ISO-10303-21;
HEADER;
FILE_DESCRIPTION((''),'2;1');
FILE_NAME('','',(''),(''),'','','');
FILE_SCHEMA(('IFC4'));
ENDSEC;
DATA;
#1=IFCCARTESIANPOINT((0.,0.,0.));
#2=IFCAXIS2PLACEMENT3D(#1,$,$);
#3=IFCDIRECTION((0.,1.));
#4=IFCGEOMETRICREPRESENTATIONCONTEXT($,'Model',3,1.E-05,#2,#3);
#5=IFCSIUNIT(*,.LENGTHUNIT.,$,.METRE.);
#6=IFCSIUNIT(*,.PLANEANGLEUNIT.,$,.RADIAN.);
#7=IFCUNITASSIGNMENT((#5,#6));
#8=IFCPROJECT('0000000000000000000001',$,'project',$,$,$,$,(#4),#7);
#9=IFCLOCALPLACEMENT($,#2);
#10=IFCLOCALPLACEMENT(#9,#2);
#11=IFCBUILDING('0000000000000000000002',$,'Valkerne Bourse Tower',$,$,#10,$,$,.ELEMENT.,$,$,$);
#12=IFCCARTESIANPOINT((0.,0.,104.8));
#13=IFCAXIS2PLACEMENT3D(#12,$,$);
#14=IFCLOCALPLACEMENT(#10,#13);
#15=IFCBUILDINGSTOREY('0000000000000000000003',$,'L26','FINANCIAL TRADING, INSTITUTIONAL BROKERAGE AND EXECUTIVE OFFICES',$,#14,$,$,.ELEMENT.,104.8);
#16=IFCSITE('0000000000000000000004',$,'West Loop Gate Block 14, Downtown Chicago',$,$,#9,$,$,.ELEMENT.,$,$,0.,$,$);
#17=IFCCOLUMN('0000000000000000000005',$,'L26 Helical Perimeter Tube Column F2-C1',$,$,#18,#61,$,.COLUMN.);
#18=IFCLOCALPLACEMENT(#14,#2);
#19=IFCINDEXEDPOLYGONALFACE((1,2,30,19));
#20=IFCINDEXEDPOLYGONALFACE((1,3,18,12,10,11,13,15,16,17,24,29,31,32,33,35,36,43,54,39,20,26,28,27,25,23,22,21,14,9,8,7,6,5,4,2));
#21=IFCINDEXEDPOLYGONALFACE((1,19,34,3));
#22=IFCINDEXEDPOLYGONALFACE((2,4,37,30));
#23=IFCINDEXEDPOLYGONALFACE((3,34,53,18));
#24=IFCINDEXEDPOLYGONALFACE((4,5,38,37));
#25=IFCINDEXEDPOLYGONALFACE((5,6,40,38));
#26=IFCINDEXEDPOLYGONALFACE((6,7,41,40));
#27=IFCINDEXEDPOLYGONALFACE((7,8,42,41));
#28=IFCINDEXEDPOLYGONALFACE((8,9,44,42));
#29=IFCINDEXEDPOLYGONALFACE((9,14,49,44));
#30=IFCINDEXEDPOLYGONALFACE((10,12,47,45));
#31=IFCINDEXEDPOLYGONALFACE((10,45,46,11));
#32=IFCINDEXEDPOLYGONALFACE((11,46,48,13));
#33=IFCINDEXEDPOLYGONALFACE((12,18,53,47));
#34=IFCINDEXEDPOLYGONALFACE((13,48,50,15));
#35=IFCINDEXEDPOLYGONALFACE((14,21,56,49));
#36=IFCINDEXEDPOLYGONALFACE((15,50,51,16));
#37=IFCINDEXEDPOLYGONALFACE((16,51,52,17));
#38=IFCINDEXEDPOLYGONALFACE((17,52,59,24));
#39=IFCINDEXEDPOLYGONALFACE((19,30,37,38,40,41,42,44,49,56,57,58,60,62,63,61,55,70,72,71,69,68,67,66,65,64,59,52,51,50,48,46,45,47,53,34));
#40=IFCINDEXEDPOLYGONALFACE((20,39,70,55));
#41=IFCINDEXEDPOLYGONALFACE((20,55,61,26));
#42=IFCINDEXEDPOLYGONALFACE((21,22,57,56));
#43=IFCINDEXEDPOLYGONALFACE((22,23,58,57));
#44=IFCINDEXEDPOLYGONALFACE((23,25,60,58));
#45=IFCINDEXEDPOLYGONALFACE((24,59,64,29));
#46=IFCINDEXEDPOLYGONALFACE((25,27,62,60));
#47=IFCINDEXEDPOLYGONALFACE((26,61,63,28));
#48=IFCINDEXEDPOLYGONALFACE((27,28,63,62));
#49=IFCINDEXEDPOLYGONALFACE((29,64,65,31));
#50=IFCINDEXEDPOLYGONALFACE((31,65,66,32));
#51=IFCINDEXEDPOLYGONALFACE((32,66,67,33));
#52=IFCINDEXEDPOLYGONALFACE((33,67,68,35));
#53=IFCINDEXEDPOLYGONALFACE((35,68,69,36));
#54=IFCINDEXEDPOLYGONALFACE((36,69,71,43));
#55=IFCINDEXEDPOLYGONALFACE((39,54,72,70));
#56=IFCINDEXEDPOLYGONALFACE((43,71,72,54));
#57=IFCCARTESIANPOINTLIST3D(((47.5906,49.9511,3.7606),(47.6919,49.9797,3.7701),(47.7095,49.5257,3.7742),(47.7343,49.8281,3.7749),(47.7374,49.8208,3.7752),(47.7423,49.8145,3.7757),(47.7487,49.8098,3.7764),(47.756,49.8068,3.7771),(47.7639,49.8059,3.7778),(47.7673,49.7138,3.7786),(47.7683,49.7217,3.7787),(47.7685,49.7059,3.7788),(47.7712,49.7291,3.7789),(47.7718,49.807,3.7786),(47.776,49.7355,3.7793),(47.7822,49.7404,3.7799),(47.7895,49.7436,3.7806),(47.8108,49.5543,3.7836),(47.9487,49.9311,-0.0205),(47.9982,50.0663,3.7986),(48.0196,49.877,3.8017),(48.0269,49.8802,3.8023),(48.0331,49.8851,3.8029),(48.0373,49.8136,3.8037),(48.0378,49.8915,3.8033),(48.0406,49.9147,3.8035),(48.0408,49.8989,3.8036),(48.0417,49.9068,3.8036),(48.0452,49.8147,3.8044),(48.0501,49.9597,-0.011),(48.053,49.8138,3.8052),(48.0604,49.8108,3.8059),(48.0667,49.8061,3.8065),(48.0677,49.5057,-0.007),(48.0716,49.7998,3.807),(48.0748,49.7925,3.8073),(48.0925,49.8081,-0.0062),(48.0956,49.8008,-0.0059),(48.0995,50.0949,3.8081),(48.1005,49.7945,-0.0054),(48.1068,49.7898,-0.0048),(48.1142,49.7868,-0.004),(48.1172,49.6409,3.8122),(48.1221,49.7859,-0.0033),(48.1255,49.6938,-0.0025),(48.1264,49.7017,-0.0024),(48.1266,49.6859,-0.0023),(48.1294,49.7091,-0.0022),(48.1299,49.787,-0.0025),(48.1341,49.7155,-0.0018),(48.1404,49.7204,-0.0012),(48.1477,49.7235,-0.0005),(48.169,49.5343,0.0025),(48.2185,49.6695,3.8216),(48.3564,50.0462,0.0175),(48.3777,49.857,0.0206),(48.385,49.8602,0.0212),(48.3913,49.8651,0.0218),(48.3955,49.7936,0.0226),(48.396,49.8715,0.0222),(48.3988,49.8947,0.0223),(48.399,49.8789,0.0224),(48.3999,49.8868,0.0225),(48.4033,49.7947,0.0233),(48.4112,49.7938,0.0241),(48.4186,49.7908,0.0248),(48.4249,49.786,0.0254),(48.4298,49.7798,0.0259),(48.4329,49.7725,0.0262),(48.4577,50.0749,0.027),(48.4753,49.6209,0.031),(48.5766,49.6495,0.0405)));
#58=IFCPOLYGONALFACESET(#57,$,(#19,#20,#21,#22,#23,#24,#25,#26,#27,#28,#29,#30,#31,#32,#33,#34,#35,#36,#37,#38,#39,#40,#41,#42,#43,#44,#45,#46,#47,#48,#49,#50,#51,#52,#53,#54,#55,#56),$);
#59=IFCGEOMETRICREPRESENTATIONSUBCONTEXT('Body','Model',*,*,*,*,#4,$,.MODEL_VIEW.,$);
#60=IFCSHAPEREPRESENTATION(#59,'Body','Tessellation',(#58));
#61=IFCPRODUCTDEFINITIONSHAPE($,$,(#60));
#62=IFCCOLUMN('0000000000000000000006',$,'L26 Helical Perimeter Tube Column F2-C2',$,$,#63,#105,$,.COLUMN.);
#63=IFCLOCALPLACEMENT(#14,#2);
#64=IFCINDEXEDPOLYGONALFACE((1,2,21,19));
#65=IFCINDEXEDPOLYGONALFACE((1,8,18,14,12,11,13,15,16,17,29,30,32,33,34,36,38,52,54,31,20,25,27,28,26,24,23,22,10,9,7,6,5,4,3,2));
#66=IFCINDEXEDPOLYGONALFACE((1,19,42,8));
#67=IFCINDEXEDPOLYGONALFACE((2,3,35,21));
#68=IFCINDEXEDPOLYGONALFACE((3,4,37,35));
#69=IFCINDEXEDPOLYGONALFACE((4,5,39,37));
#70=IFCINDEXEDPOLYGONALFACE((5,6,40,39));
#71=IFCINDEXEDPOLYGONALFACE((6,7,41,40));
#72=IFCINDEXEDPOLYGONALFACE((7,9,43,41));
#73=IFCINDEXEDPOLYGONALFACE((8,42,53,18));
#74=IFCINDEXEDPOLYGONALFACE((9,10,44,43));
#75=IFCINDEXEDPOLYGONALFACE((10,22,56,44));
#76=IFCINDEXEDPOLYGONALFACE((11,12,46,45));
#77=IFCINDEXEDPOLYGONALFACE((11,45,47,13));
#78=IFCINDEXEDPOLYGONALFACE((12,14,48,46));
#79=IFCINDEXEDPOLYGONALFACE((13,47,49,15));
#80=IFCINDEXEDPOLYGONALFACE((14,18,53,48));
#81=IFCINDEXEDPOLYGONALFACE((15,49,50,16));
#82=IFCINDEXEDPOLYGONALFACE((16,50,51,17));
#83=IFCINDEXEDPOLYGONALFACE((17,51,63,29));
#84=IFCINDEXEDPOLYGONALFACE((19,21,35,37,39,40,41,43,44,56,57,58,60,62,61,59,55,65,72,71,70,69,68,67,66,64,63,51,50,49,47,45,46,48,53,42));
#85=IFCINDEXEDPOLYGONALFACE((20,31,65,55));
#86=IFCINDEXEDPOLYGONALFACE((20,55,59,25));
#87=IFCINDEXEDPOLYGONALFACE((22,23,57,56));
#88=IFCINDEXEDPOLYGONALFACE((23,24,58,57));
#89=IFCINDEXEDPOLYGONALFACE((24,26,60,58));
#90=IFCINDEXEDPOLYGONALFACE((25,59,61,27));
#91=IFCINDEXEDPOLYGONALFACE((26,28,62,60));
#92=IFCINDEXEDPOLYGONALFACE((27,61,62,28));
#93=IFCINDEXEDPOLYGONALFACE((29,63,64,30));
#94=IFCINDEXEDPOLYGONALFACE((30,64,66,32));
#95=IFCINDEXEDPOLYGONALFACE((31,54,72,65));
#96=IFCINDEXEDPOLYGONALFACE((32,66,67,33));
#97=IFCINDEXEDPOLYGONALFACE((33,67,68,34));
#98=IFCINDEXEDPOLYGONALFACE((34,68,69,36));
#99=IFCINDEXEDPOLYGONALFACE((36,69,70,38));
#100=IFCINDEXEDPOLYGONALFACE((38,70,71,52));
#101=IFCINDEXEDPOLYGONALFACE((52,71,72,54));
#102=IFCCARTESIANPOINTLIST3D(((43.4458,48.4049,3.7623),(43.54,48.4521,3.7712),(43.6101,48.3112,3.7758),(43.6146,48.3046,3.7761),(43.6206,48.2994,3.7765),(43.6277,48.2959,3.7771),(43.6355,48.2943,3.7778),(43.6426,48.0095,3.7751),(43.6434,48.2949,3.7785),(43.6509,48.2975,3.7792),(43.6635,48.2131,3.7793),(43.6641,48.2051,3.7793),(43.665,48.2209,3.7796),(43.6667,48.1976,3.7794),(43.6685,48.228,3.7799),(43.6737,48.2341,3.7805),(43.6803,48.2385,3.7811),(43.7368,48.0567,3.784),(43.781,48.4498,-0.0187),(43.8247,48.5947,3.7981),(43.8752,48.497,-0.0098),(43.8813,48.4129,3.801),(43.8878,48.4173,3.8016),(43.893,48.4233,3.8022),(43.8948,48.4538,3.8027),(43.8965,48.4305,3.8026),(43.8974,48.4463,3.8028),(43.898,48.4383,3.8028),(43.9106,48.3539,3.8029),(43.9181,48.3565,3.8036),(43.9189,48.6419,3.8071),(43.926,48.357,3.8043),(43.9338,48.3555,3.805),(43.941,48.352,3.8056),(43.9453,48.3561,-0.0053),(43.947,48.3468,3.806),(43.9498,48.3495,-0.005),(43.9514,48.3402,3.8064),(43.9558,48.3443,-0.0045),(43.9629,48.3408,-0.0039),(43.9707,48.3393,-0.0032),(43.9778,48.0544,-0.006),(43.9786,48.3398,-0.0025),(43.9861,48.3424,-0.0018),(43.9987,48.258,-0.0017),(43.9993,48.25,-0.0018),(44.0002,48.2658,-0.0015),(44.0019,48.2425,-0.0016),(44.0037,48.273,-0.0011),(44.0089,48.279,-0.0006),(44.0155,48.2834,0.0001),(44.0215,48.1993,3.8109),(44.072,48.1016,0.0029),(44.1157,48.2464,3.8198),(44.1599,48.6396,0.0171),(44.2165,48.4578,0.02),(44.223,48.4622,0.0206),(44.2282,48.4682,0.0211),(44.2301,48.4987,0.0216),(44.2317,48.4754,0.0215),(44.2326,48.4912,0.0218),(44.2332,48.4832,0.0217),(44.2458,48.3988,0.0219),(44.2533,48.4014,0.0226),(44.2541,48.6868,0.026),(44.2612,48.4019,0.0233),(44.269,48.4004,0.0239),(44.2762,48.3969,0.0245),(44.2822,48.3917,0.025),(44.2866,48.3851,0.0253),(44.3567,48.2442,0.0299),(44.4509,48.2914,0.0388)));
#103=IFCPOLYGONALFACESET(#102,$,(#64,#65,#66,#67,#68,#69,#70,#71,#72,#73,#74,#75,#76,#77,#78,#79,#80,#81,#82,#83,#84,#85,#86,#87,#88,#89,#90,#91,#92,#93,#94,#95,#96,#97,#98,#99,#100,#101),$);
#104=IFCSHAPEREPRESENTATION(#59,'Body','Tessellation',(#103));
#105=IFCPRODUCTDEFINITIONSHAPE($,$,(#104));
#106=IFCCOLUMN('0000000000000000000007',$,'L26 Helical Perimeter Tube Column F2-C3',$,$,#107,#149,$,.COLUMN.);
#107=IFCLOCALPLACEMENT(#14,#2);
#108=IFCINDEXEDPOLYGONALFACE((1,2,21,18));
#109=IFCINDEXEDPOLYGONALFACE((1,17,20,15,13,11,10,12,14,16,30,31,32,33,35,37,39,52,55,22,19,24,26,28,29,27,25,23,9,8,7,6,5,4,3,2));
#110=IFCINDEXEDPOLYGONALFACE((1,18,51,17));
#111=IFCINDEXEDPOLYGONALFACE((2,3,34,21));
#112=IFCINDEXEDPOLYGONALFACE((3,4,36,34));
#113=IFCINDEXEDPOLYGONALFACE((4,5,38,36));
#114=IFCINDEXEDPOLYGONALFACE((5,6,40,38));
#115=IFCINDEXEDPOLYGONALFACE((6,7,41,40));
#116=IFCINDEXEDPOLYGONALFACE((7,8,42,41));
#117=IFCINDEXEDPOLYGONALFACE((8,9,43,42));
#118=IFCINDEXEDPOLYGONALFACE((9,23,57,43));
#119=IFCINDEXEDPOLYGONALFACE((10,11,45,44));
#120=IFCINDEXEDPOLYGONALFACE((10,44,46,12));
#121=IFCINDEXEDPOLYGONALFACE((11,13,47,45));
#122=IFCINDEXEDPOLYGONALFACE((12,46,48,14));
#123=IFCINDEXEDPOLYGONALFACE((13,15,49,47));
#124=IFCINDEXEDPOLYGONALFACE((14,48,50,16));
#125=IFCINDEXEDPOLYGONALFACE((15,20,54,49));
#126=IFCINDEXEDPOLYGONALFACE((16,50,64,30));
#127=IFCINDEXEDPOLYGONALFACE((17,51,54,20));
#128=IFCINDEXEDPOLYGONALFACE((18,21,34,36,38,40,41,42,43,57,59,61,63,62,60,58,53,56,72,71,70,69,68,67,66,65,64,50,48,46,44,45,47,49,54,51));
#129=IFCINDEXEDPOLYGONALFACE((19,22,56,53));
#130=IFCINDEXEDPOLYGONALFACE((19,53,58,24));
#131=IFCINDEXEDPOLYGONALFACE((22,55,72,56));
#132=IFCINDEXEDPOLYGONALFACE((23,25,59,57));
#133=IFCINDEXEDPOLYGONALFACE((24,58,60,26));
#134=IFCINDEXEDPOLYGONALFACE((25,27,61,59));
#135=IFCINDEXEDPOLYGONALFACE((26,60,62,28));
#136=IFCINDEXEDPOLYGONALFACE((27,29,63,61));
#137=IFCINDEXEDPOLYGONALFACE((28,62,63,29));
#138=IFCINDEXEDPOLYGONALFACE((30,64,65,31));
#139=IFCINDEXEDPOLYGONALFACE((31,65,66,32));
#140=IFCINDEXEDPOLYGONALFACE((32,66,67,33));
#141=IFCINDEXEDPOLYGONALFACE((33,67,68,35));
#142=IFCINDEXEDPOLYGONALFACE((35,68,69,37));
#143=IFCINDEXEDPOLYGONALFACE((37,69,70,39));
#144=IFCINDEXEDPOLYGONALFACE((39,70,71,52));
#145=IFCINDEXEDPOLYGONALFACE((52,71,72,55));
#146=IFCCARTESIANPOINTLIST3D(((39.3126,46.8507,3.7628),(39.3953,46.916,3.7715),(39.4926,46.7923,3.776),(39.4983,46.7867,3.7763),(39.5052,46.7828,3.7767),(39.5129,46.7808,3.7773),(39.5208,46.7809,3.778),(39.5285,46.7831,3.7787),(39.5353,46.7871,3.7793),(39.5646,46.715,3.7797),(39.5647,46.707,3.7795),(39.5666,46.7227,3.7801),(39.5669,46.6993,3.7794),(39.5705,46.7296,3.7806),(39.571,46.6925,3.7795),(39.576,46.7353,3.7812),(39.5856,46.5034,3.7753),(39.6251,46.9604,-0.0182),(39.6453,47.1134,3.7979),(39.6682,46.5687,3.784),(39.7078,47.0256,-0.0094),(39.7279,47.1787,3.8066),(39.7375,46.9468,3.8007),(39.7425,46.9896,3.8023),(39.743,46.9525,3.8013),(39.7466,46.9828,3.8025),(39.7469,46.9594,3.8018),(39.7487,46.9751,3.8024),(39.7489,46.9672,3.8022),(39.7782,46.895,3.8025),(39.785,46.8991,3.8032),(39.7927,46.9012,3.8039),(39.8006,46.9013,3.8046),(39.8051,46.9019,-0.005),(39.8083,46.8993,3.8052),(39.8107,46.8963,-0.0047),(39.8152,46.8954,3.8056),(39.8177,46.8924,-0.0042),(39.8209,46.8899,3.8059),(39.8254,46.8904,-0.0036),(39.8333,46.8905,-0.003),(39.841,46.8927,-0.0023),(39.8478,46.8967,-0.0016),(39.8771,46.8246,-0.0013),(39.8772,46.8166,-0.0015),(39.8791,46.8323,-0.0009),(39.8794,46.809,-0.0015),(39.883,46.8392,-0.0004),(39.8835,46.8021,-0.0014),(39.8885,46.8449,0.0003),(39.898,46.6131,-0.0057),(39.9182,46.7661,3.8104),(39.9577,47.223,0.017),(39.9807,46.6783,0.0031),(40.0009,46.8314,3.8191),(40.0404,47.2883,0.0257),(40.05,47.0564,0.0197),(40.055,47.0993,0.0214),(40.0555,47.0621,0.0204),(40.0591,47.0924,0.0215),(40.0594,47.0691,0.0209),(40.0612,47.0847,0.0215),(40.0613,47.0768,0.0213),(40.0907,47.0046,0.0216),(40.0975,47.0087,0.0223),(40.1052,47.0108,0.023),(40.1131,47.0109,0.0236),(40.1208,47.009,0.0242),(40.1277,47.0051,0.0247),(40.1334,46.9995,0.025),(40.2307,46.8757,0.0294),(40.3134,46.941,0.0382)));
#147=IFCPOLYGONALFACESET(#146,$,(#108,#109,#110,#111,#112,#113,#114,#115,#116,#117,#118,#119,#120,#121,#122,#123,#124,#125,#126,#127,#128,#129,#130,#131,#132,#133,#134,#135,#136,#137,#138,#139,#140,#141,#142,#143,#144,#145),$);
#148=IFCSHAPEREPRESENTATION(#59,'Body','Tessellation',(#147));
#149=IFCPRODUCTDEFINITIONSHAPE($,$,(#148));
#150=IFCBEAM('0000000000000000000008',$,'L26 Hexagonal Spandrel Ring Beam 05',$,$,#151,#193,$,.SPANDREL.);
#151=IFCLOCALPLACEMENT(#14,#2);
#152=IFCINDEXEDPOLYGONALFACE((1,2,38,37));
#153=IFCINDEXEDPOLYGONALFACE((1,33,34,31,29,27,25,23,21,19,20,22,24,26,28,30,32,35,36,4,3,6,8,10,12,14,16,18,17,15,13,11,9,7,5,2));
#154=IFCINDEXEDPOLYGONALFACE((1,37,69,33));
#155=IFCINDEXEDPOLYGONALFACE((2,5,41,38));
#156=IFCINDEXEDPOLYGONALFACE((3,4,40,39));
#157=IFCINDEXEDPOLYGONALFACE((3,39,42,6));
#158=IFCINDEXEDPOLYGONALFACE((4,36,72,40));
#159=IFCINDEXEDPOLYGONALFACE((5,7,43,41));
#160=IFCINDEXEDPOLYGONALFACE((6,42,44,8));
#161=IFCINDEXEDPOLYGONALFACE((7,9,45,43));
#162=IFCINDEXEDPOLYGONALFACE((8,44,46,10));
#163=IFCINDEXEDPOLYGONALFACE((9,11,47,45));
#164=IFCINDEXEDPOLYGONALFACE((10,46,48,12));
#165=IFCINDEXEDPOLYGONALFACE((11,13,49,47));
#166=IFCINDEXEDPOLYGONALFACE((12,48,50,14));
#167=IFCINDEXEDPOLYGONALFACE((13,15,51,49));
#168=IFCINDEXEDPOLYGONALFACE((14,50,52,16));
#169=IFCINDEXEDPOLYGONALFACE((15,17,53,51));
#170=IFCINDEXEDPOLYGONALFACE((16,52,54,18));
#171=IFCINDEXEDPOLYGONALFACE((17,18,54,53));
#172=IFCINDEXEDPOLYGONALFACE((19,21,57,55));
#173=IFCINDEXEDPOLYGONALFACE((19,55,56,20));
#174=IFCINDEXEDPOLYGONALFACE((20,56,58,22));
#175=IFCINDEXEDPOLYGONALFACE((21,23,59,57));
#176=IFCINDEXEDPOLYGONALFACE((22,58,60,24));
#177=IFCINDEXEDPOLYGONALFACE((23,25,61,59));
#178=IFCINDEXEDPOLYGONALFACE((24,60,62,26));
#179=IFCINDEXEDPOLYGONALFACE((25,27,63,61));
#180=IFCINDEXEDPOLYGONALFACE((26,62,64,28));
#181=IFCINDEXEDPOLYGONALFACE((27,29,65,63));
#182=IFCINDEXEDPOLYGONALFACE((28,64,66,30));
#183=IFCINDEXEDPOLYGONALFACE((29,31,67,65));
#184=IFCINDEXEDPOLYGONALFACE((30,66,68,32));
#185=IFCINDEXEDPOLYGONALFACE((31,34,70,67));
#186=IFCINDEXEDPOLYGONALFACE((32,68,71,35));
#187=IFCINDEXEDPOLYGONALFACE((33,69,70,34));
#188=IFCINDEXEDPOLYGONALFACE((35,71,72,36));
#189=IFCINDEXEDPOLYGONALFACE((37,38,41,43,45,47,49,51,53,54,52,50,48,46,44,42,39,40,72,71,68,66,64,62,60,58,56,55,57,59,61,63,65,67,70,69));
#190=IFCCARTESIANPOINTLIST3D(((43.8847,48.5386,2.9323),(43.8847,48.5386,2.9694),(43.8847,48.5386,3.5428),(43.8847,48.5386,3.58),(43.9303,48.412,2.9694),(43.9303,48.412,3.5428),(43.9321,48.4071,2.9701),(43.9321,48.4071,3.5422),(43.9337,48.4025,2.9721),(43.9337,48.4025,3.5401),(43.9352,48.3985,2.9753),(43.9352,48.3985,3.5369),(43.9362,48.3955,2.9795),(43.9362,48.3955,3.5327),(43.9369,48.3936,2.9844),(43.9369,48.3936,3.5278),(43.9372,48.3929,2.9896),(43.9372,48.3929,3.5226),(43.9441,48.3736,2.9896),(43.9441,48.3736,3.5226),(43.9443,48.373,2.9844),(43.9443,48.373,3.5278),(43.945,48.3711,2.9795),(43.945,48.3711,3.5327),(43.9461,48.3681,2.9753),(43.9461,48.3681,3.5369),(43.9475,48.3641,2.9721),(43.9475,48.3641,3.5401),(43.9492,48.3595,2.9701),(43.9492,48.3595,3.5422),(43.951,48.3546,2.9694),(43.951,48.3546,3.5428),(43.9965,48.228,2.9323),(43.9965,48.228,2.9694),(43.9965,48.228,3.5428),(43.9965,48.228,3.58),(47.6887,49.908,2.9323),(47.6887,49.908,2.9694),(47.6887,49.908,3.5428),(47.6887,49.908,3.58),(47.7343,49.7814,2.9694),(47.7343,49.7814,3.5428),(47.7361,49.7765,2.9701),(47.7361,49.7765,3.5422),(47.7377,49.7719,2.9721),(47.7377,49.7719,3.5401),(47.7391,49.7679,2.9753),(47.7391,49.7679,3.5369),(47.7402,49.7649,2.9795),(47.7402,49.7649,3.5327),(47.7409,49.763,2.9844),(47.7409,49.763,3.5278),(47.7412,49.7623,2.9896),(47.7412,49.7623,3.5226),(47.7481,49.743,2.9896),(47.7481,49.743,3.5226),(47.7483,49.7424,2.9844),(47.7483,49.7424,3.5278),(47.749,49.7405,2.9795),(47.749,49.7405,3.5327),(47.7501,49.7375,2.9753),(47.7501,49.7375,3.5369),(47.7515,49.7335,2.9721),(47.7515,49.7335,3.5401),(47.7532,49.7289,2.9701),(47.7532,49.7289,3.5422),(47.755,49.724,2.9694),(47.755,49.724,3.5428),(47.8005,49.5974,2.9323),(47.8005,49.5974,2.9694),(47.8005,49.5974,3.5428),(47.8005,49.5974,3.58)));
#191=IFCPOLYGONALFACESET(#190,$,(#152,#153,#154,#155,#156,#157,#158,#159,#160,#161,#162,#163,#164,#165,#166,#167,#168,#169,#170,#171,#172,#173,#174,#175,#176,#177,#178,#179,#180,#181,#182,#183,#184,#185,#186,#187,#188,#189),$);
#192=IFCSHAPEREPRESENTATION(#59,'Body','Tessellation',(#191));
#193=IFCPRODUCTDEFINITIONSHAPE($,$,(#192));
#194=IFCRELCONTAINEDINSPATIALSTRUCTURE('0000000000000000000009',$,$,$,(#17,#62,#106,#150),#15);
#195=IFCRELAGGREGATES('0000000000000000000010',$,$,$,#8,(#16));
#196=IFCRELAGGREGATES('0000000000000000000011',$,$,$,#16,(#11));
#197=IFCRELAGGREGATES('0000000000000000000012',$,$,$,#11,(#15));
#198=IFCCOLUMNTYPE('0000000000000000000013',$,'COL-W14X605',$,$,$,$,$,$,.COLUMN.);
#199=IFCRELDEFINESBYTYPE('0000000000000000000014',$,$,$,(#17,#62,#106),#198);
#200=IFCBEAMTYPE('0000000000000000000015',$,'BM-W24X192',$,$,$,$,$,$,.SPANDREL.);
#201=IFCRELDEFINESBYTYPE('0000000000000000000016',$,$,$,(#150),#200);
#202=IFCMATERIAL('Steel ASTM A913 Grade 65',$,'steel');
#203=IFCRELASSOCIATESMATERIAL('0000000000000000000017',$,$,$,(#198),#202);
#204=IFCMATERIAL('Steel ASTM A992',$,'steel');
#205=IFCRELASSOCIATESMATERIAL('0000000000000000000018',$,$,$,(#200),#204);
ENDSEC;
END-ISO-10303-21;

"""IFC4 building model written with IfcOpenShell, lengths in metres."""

from ifc_helpers import new_model, si_unit, direction, frame, origin, origin_2d, place, context, subcontext, project, spatial, i_section, extrude, material, material_profile, profile_set, type_object, element, save


model = new_model("IFC4")

# Units and contexts
model_context = context("Model", 3, precision=1e-05, world=origin(), true_north=direction((0.0, 1.0)))
body_context = subcontext(model_context, "Body", "Model", "MODEL_VIEW")
ifc_project = project(units=[si_unit("LENGTHUNIT", "METRE"), si_unit("PLANEANGLEUNIT", "RADIAN")], contexts=[model_context])

# Site, building, storey
site_placement = place(None, origin())
site = spatial("IfcSite", under=ifc_project, at=site_placement, Name="West Loop Gate Block 14, Downtown Chicago", CompositionType="ELEMENT", RefElevation=0.0)
building_placement = place(site_placement, origin())
building = spatial("IfcBuilding", under=site, at=building_placement, Name="Valkerne Bourse Tower", CompositionType="ELEMENT")
storey_placement = place(building_placement, frame((0.0, 0.0, 104.8)))
storey = spatial("IfcBuildingStorey", under=building, at=storey_placement, Name="L26", Description="FINANCIAL TRADING, INSTITUTIONAL BROKERAGE AND EXECUTIVE OFFICES", CompositionType="ELEMENT", Elevation=104.8)

# Columns
ifc_material_1 = material(Name="Steel ASTM A913 Grade 65", Category="steel")
ifc_material_profile_1 = material_profile(ifc_material_1, i_section(OverallWidth=0.4419, OverallDepth=0.531, WebThickness=0.0659, FlangeThickness=0.1057, FilletRadius=0.0305, at=origin_2d()), Name="W14X605")
ifc_profile_set_1 = profile_set([ifc_material_profile_1], Name="Steel ASTM A913 Grade 65")
column_type = type_object("IfcColumnType", Name="COL-W14X605", PredefinedType="COLUMN", material=ifc_profile_set_1)
column_1_placement = place(storey_placement, frame((48.2627, 49.7903, 0.01), z_axis=(-0.094301, 0.005271, 0.99553), x_axis=(-0.269167, 0.962608, -0.030593)))
element("IfcColumn", 1, at=column_1_placement, inside=storey, type_object=column_type, Name="L26 Helical Perimeter Tube Column F2-C1", PredefinedType="COLUMN", context=body_context, shape_type="SweptSolid", body=[
    extrude(i_section(OverallWidth=0.4419, OverallDepth=0.531, WebThickness=0.0659, FlangeThickness=0.1057, FilletRadius=0.0305, at=origin_2d()), origin(), (0.0, 0.0, 1.0), 3.7981),
])
column_2_placement = place(storey_placement, frame((44.116, 48.3706, 0.01), z_axis=(-0.088302, -0.011834, 0.996023), x_axis=(-0.445435, 0.894849, -0.028858)))
element("IfcColumn", 2, at=column_2_placement, inside=storey, type_object=column_type, Name="L26 Helical Perimeter Tube Column F2-C2", PredefinedType="COLUMN", context=body_context, shape_type="SweptSolid", body=[
    extrude(i_section(OverallWidth=0.4419, OverallDepth=0.531, WebThickness=0.0659, FlangeThickness=0.1057, FilletRadius=0.0305, at=origin_2d()), origin(), (0.0, 0.0, 1.0), 3.7961),
])
column_3_placement = place(storey_placement, frame((39.9692, 46.9507, 0.01), z_axis=(-0.082335, -0.028881, 0.996186), x_axis=(-0.617653, 0.785943, -0.028263)))
element("IfcColumn", 3, at=column_3_placement, inside=storey, type_object=column_type, Name="L26 Helical Perimeter Tube Column F2-C3", PredefinedType="COLUMN", context=body_context, shape_type="SweptSolid", body=[
    extrude(i_section(OverallWidth=0.4419, OverallDepth=0.531, WebThickness=0.0659, FlangeThickness=0.1057, FilletRadius=0.0305, at=origin_2d()), origin(), (0.0, 0.0, 1.0), 3.7954),
])

# Beam
ifc_material_2 = material(Name="Steel ASTM A992", Category="steel")
ifc_material_profile_2 = material_profile(ifc_material_2, i_section(OverallWidth=0.3301, OverallDepth=0.6477, WebThickness=0.0205, FlangeThickness=0.0371, FilletRadius=0.0203, at=origin_2d()), Name="W24X192")
ifc_profile_set_2 = profile_set([ifc_material_profile_2], Name="Steel ASTM A992")
beam_type_1 = type_object("IfcBeamType", Name="BM-W24X192", PredefinedType="SPANDREL", material=ifc_profile_set_2)
beam_1_placement = place(storey_placement, frame((47.7446, 49.7527, 3.2561), z_axis=(-0.94089, -0.338711, 0.0), x_axis=(0.338711, -0.94089, 0.0)))
element("IfcBeam", 4, at=beam_1_placement, inside=storey, type_object=beam_type_1, Name="L26 Hexagonal Spandrel Ring Beam 05", PredefinedType="SPANDREL", context=body_context, shape_type="SweptSolid", body=[
    extrude(i_section(OverallWidth=0.3301, OverallDepth=0.6477, WebThickness=0.0205, FlangeThickness=0.0371, FilletRadius=0.0203, at=origin_2d()), origin(), (0.0, 0.0, 1.0), 4.043),
])

save(model, "model.ifc")
